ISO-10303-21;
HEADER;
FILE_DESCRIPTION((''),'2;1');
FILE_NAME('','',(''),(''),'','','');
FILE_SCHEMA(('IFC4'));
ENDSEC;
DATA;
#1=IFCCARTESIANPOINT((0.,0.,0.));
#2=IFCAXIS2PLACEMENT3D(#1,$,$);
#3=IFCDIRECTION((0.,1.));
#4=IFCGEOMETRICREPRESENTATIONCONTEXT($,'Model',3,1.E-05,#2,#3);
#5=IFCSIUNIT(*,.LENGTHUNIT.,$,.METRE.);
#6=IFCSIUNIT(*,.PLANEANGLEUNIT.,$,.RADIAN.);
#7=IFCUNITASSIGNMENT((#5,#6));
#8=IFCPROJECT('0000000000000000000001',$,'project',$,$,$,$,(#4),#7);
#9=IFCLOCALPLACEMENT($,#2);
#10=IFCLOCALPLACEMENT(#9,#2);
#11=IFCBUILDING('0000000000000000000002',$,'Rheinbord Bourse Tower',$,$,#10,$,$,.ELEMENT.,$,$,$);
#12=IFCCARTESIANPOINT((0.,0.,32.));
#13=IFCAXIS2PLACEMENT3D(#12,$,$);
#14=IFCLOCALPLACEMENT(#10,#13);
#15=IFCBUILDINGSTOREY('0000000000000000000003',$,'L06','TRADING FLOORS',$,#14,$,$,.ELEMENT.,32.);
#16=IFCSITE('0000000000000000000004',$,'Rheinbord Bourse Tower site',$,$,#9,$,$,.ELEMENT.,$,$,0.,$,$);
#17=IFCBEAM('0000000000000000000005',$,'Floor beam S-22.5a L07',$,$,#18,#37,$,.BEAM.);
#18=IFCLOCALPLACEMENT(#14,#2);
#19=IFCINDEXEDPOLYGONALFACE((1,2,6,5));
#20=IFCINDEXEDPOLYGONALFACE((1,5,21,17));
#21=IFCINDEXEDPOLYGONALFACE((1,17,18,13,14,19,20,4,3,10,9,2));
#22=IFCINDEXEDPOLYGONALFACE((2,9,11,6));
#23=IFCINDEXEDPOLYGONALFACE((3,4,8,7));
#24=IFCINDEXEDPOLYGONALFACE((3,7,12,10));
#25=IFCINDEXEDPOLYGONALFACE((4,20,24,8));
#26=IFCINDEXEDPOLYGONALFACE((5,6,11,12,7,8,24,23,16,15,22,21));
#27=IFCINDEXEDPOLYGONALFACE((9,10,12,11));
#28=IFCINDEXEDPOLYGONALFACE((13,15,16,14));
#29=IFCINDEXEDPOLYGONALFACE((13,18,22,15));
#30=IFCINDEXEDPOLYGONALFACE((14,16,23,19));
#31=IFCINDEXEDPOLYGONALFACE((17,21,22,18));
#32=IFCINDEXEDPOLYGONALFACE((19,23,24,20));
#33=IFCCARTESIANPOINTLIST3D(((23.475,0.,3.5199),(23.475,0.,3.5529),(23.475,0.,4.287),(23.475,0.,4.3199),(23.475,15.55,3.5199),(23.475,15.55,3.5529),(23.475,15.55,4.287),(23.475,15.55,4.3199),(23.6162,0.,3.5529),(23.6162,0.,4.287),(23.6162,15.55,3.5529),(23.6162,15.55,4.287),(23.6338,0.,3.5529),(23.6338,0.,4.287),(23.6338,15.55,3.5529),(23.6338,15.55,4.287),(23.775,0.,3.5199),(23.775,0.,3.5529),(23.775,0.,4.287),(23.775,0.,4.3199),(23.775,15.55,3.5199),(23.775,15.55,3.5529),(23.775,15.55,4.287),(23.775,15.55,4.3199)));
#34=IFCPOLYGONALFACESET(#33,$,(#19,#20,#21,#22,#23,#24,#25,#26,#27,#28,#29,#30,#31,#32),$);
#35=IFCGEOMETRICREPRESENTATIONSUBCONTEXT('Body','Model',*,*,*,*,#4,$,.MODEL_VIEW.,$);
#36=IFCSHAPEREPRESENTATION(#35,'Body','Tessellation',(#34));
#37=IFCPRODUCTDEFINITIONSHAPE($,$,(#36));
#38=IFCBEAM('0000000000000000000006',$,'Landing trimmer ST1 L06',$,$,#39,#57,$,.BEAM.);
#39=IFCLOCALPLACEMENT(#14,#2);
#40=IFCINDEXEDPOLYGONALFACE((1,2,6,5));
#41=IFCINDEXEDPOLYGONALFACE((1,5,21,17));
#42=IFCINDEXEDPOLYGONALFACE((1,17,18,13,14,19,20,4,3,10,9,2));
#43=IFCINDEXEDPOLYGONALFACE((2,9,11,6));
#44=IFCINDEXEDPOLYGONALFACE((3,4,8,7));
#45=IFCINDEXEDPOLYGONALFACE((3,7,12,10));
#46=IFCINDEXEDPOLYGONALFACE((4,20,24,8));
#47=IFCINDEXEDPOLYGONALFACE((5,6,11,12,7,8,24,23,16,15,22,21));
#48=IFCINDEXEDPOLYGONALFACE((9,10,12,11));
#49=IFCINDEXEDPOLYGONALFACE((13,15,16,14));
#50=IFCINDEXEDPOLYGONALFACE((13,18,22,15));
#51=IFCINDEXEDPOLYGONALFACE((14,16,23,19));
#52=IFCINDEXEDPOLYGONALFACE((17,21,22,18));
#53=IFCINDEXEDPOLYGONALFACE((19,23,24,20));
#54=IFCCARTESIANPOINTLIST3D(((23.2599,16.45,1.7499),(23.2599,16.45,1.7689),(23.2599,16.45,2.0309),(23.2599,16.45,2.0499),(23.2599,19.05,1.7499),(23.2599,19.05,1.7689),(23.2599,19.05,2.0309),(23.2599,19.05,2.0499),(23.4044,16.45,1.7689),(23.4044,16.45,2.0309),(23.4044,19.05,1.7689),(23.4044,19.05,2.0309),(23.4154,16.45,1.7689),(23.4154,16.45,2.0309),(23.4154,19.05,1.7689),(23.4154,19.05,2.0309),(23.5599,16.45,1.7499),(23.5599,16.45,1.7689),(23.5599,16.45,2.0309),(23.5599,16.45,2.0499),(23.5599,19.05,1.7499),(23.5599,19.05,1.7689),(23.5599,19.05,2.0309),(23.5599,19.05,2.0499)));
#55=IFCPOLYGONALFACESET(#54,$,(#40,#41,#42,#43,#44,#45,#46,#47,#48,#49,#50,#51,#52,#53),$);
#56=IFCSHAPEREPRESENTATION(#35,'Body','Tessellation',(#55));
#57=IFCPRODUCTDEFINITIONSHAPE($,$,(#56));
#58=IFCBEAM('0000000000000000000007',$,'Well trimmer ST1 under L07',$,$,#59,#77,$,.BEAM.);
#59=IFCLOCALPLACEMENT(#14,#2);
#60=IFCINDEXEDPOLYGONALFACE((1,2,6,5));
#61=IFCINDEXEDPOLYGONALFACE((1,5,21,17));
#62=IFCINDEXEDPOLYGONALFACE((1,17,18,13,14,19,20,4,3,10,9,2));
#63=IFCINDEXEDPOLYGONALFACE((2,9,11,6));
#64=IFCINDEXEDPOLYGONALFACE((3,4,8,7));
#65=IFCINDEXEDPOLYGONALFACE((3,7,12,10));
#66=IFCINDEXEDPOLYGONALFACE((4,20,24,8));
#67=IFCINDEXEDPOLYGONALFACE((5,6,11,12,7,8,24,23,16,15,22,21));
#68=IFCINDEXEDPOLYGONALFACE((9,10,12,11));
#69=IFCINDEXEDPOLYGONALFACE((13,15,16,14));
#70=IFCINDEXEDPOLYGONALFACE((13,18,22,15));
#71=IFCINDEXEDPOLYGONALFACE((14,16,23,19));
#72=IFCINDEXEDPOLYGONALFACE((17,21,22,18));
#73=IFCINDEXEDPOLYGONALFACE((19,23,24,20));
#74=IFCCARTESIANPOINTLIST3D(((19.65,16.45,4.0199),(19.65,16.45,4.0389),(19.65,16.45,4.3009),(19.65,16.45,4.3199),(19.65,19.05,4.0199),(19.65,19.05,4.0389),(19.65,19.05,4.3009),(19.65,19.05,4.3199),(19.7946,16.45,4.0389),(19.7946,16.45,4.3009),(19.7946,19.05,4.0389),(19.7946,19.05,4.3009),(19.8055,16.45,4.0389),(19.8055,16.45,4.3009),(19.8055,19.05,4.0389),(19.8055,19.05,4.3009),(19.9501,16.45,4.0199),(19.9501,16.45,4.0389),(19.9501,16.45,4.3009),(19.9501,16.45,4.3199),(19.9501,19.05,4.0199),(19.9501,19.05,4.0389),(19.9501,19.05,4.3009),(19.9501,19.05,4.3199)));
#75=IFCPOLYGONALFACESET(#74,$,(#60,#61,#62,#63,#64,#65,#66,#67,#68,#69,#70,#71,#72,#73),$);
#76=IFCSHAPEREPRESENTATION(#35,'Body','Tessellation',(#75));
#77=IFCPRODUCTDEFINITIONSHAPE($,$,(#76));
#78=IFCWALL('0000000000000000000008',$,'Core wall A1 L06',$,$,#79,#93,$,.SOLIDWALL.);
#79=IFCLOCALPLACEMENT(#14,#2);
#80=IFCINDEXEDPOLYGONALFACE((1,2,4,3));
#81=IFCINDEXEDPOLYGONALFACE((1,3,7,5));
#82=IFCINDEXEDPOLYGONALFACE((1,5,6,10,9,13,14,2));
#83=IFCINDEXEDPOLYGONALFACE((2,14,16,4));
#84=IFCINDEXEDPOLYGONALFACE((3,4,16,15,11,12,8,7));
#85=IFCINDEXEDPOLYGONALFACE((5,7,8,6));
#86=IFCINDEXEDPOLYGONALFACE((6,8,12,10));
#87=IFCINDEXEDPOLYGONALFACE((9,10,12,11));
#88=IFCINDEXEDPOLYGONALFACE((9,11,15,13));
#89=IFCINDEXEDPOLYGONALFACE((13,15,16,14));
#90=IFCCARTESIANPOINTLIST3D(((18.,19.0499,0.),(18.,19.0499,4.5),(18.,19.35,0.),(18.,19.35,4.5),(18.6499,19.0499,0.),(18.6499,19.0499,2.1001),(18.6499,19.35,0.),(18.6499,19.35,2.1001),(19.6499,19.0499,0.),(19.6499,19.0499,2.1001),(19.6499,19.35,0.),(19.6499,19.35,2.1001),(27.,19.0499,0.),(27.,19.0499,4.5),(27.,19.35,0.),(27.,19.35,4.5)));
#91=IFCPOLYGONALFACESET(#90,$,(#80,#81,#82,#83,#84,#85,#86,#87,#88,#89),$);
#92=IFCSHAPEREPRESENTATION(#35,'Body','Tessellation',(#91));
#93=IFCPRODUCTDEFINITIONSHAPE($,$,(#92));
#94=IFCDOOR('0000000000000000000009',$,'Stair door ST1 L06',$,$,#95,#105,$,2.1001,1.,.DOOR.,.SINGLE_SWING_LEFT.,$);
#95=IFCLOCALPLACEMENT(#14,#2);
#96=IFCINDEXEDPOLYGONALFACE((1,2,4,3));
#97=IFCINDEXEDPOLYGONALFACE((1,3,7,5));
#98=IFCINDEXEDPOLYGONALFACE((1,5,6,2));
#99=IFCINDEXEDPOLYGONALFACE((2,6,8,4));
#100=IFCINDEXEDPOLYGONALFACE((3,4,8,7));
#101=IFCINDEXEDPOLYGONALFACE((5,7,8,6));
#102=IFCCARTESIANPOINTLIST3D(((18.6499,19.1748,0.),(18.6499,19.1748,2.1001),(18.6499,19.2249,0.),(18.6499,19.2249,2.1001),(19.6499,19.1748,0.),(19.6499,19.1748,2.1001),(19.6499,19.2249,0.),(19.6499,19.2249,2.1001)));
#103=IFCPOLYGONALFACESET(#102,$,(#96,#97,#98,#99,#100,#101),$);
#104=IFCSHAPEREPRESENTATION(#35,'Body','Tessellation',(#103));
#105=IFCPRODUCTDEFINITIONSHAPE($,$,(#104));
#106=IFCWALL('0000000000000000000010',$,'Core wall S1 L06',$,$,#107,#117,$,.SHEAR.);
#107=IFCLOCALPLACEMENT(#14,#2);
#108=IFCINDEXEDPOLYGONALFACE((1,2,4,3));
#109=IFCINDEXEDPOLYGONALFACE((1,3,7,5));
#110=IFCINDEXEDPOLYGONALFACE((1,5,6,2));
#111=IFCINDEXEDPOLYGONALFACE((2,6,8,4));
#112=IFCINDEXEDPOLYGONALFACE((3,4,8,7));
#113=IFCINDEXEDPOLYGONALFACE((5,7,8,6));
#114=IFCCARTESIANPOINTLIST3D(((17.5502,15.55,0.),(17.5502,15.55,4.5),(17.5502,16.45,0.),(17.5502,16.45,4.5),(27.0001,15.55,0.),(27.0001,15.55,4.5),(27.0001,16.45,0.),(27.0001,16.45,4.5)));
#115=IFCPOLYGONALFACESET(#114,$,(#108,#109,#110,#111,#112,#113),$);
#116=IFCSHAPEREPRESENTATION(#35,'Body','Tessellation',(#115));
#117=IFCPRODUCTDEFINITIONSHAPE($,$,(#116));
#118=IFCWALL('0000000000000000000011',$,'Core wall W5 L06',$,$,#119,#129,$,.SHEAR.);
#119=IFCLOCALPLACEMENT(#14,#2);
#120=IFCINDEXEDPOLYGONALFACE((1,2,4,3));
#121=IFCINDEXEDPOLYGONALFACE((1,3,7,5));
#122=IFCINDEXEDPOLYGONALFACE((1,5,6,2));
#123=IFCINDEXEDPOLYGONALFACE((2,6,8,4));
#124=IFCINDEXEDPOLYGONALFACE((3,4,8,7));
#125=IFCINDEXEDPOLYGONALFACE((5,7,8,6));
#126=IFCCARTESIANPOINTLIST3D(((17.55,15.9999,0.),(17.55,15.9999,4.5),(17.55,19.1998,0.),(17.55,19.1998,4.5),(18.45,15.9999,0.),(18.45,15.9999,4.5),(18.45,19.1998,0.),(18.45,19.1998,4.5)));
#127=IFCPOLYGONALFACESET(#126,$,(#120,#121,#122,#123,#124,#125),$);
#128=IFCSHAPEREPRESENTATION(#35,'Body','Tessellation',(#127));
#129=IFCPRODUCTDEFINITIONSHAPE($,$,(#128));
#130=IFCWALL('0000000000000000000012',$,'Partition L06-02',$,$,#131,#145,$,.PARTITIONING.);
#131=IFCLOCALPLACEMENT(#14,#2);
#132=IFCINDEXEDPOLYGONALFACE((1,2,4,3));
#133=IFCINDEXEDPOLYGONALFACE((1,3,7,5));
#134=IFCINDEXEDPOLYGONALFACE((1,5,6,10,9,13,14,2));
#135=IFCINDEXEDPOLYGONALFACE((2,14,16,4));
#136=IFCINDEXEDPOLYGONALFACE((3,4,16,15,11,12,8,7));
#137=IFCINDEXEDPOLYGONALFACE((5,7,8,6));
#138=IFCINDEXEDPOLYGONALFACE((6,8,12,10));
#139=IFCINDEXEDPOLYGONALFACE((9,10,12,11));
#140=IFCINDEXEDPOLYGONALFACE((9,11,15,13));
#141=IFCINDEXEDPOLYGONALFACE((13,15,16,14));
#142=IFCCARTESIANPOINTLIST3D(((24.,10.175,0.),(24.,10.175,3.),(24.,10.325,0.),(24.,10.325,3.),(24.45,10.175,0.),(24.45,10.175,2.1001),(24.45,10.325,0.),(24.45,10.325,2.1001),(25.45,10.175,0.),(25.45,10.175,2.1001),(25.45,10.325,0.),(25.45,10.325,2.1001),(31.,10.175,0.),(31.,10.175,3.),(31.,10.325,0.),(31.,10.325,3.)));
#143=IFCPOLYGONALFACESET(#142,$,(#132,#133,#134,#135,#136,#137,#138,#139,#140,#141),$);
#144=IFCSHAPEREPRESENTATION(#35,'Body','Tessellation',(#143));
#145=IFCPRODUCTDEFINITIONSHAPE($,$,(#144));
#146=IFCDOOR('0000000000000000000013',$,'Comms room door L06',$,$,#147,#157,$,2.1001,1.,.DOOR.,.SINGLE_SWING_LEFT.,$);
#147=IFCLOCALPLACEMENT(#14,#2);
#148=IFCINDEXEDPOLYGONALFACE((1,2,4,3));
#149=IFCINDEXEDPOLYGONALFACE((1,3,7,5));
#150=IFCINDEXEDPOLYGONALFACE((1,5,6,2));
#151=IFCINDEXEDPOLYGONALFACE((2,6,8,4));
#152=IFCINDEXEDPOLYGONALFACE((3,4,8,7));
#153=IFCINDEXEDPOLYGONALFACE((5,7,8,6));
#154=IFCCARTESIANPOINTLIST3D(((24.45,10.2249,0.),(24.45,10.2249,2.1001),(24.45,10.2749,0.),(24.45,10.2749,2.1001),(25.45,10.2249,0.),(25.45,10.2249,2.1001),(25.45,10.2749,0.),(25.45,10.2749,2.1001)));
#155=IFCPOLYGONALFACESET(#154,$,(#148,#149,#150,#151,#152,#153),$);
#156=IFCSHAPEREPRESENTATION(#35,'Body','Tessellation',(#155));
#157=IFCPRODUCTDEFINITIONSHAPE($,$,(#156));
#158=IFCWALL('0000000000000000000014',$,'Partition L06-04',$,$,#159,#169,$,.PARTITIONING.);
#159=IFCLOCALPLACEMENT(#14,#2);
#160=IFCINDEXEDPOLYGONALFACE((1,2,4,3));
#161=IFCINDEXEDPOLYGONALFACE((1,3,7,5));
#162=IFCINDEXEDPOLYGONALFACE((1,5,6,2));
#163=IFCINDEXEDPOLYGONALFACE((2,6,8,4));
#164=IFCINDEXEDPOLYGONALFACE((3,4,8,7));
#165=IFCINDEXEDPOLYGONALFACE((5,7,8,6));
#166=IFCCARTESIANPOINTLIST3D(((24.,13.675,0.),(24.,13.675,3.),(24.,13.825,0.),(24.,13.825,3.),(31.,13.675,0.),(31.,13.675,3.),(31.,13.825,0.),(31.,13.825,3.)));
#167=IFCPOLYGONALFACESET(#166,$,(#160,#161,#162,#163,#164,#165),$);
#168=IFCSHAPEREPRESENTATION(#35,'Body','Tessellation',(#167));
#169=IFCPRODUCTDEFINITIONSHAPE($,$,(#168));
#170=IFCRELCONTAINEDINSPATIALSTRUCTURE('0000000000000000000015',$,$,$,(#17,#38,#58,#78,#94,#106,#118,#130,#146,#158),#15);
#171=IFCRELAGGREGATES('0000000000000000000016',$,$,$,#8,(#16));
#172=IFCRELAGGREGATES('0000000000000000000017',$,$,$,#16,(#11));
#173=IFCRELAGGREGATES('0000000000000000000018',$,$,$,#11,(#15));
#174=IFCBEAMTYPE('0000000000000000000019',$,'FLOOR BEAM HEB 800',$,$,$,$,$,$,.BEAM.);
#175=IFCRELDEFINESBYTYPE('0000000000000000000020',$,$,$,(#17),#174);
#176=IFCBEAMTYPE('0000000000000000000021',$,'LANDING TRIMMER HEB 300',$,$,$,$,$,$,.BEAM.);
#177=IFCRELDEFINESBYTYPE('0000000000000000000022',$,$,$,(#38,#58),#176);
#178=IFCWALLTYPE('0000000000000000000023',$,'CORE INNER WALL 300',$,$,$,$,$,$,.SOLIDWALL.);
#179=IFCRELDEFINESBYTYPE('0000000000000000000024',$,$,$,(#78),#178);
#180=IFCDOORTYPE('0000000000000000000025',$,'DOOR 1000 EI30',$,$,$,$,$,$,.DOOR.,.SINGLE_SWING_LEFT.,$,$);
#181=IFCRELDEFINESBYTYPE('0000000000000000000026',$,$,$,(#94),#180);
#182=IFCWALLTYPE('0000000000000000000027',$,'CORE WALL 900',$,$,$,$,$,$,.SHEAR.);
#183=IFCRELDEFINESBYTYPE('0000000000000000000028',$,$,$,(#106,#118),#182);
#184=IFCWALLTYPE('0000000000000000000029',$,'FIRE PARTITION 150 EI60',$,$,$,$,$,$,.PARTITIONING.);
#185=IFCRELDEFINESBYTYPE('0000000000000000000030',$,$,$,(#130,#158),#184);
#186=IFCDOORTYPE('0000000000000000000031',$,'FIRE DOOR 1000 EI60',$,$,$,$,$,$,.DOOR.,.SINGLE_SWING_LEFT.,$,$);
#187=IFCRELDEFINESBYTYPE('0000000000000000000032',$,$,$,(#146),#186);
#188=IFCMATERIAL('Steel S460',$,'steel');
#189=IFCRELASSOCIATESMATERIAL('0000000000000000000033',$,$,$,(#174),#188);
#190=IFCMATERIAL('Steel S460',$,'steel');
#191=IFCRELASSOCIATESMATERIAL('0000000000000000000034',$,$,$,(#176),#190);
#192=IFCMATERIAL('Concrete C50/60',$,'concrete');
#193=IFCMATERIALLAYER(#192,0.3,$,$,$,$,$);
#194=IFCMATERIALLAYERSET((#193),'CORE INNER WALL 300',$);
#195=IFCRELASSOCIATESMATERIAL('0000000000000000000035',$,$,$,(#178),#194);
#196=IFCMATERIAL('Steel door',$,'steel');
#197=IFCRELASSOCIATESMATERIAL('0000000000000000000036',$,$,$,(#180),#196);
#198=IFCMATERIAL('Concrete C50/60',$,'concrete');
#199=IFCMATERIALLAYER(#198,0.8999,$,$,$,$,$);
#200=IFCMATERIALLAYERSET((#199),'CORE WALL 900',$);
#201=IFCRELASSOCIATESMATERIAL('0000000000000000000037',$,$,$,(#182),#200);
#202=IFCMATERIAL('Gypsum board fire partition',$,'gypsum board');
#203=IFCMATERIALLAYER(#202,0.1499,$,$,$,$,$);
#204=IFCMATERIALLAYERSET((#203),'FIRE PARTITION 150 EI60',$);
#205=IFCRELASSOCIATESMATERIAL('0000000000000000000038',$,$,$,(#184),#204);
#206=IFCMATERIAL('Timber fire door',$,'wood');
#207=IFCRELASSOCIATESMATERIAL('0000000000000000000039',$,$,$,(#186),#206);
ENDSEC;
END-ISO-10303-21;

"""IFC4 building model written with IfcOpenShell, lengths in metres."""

from ifc_helpers import new_model, si_unit, direction, frame, frame_2d, origin, origin_2d, place, context, subcontext, project, spatial, rectangle, i_section, extrude, material, layer, layer_set, material_profile, profile_set, type_object, element, fill, save


model = new_model("IFC4")

# Units and contexts
model_context = context("Model", 3, precision=1e-05, world=origin(), true_north=direction((0.0, 1.0)))
body_context = subcontext(model_context, "Body", "Model", "MODEL_VIEW")
ifc_project = project(units=[si_unit("LENGTHUNIT", "METRE"), si_unit("PLANEANGLEUNIT", "RADIAN")], contexts=[model_context])

# Site, building, storey
site_placement = place(None, origin())
site = spatial("IfcSite", under=ifc_project, at=site_placement, Name="Rheinbord Bourse Tower site", CompositionType="ELEMENT", RefElevation=0.0)
building_placement = place(site_placement, origin())
building = spatial("IfcBuilding", under=site, at=building_placement, Name="Rheinbord Bourse Tower", CompositionType="ELEMENT")
storey_placement = place(building_placement, frame((0.0, 0.0, 32.0)))
storey = spatial("IfcBuildingStorey", under=building, at=storey_placement, Name="L06", Description="TRADING FLOORS", CompositionType="ELEMENT", Elevation=32.0)

# Beams
ifc_material_1 = material(Name="Steel S460", Category="steel")
ifc_material_profile_1 = material_profile(ifc_material_1, i_section(OverallWidth=0.3, OverallDepth=0.8, WebThickness=0.0176, FlangeThickness=0.033, at=origin_2d()), Name="HEB 800")
ifc_profile_set_1 = profile_set([ifc_material_profile_1], Name="Steel S460")
beam_type_1 = type_object("IfcBeamType", Name="FLOOR BEAM HEB 800", PredefinedType="BEAM", material=ifc_profile_set_1)
beam_placement = place(storey_placement, frame((23.625, 0.0, 3.9199), z_axis=(0.0, 1.0, 0.0), x_axis=(-1.0, 0.0, 0.0)))
element("IfcBeam", 1, at=beam_placement, inside=storey, type_object=beam_type_1, Name="Floor beam S-22.5a L07", PredefinedType="BEAM", context=body_context, shape_type="SweptSolid", body=[
    extrude(i_section(OverallWidth=0.3, OverallDepth=0.8, WebThickness=0.0176, FlangeThickness=0.033, at=origin_2d()), origin(), (0.0, 0.0, 1.0), 15.55),
])
ifc_material_2 = material(Name="Steel S460", Category="steel")
ifc_material_profile_2 = material_profile(ifc_material_2, i_section(OverallWidth=0.3, OverallDepth=0.3, WebThickness=0.011, FlangeThickness=0.019, at=origin_2d()), Name="HEB 300")
ifc_profile_set_2 = profile_set([ifc_material_profile_2], Name="Steel S460")
beam_type_2 = type_object("IfcBeamType", Name="LANDING TRIMMER HEB 300", PredefinedType="BEAM", material=ifc_profile_set_2)
for number, where, z_axis, x_axis, name in (
    (2, (23.4099, 16.45, 1.8999), (0.0, 1.0, 0.0), (-1.0, 0.0, 0.0), "Landing trimmer ST1 L06"),
    (3, (19.8, 16.45, 4.1699), (0.0, 1.0, 0.0), (-1.0, 0.0, 0.0), "Well trimmer ST1 under L07"),
):
    element("IfcBeam", number, at=place(storey_placement, frame(where, z_axis=z_axis, x_axis=x_axis)), inside=storey, type_object=beam_type_2, Name=name, PredefinedType="BEAM", context=body_context, shape_type="SweptSolid", body=[
        extrude(i_section(OverallWidth=0.3, OverallDepth=0.3, WebThickness=0.011, FlangeThickness=0.019, at=origin_2d()), origin(), (0.0, 0.0, 1.0), 2.6001),
    ])

# Wall, opening, door
ifc_material_3 = material(Name="Concrete C50/60", Category="concrete")
ifc_layer_1 = layer(ifc_material_3, 0.3)
ifc_layer_set_1 = layer_set([ifc_layer_1], Name="CORE INNER WALL 300")
wall_type_1 = type_object("IfcWallType", Name="CORE INNER WALL 300", PredefinedType="SOLIDWALL", material=ifc_layer_set_1)
wall_1_placement = place(storey_placement, frame((18.0, 19.2, 0.0), z_axis=(0.0, 0.0, 1.0), x_axis=(1.0, 0.0, 0.0)))
wall_1 = element("IfcWall", 4, at=wall_1_placement, inside=storey, type_object=wall_type_1, Name="Core wall A1 L06", PredefinedType="SOLIDWALL", context=body_context, shape_type="SweptSolid", body=[
    extrude(rectangle(XDim=9.0, YDim=0.3, at=frame_2d((4.5, 0.0))), origin(), (0.0, 0.0, 1.0), 4.5),
])
opening_1_placement = place(wall_1_placement, frame((0.6499, 0.0, 0.0)))
opening_1 = element("IfcOpeningElement", 5, at=opening_1_placement, cuts=wall_1, PredefinedType="OPENING", context=body_context, shape_type="SweptSolid", body=[
    extrude(rectangle(XDim=1.0, YDim=2.1001, at=frame_2d((0.5, 1.05))), frame((0.0, 0.1599, 0.0), z_axis=(0.0, -1.0, 0.0), x_axis=(1.0, 0.0, 0.0)), (0.0, 0.0, 1.0), 0.3201),
])
ifc_material_4 = material(Name="Steel door", Category="steel")
door_type_1 = type_object("IfcDoorType", Name="DOOR 1000 EI30", OperationType="SINGLE_SWING_LEFT", PredefinedType="DOOR", material=ifc_material_4)
door_1_placement = place(opening_1_placement, origin())
door_1 = element("IfcDoor", 6, at=door_1_placement, inside=storey, type_object=door_type_1, Name="Stair door ST1 L06", OperationType="SINGLE_SWING_LEFT", OverallHeight=2.1001, OverallWidth=1.0, PredefinedType="DOOR", context=body_context, shape_type="SweptSolid", body=[
    extrude(rectangle(XDim=1.0, YDim=2.1001, at=frame_2d((0.5, 1.05))), frame((0.0, 0.0249, 0.0), z_axis=(0.0, -1.0, 0.0), x_axis=(1.0, 0.0, 0.0)), (0.0, 0.0, 1.0), 0.05),
])
fill(opening_1, door_1)

# Walls
ifc_material_5 = material(Name="Concrete C50/60", Category="concrete")
ifc_layer_2 = layer(ifc_material_5, 0.8999)
ifc_layer_set_2 = layer_set([ifc_layer_2], Name="CORE WALL 900")
wall_type_2 = type_object("IfcWallType", Name="CORE WALL 900", PredefinedType="SHEAR", material=ifc_layer_set_2)
wall_2_placement = place(storey_placement, frame((17.55, 16.0, 0.0), z_axis=(0.0, 0.0, 1.0), x_axis=(1.0, 0.0, 0.0)))
element("IfcWall", 7, at=wall_2_placement, inside=storey, type_object=wall_type_2, Name="Core wall S1 L06", PredefinedType="SHEAR", context=body_context, shape_type="SweptSolid", body=[
    extrude(rectangle(XDim=9.45, YDim=0.8999, at=frame_2d((4.7251, 0.0))), origin(), (0.0, 0.0, 1.0), 4.5),
])
wall_3_placement = place(storey_placement, frame((18.0, 19.2, 0.0), z_axis=(0.0, 0.0, 1.0), x_axis=(0.0, -1.0, 0.0)))
element("IfcWall", 8, at=wall_3_placement, inside=storey, type_object=wall_type_2, Name="Core wall W5 L06", PredefinedType="SHEAR", context=body_context, shape_type="SweptSolid", body=[
    extrude(rectangle(XDim=3.2, YDim=0.8999, at=frame_2d((1.6001, 0.0))), origin(), (0.0, 0.0, 1.0), 4.5),
])

# Wall, opening, door
ifc_material_6 = material(Name="Gypsum board fire partition", Category="gypsum board")
ifc_layer_3 = layer(ifc_material_6, 0.1499)
ifc_layer_set_3 = layer_set([ifc_layer_3], Name="FIRE PARTITION 150 EI60")
wall_type_3 = type_object("IfcWallType", Name="FIRE PARTITION 150 EI60", PredefinedType="PARTITIONING", material=ifc_layer_set_3)
wall_4_placement = place(storey_placement, frame((24.0, 10.25, 0.0), z_axis=(0.0, 0.0, 1.0), x_axis=(1.0, 0.0, 0.0)))
wall_4 = element("IfcWall", 9, at=wall_4_placement, inside=storey, type_object=wall_type_3, Name="Partition L06-02", PredefinedType="PARTITIONING", context=body_context, shape_type="SweptSolid", body=[
    extrude(rectangle(XDim=7.0, YDim=0.1499, at=frame_2d((3.5, 0.0))), origin(), (0.0, 0.0, 1.0), 3.0),
])
opening_2_placement = place(wall_4_placement, frame((0.45, 0.0, 0.0)))
opening_2 = element("IfcOpeningElement", 10, at=opening_2_placement, cuts=wall_4, PredefinedType="OPENING", context=body_context, shape_type="SweptSolid", body=[
    extrude(rectangle(XDim=1.0, YDim=2.1001, at=frame_2d((0.5, 1.05))), frame((0.0, 0.085, 0.0), z_axis=(0.0, -1.0, 0.0), x_axis=(1.0, 0.0, 0.0)), (0.0, 0.0, 1.0), 0.1699),
])
ifc_material_7 = material(Name="Timber fire door", Category="wood")
door_type_2 = type_object("IfcDoorType", Name="FIRE DOOR 1000 EI60", OperationType="SINGLE_SWING_LEFT", PredefinedType="DOOR", material=ifc_material_7)
door_2_placement = place(opening_2_placement, origin())
door_2 = element("IfcDoor", 11, at=door_2_placement, inside=storey, type_object=door_type_2, Name="Comms room door L06", OperationType="SINGLE_SWING_LEFT", OverallHeight=2.1001, OverallWidth=1.0, PredefinedType="DOOR", context=body_context, shape_type="SweptSolid", body=[
    extrude(rectangle(XDim=1.0, YDim=2.1001, at=frame_2d((0.5, 1.05))), frame((0.0, 0.0249, 0.0), z_axis=(0.0, -1.0, 0.0), x_axis=(1.0, 0.0, 0.0)), (0.0, 0.0, 1.0), 0.05),
])
fill(opening_2, door_2)

# Wall
wall_5_placement = place(storey_placement, frame((24.0, 13.75, 0.0), z_axis=(0.0, 0.0, 1.0), x_axis=(1.0, 0.0, 0.0)))
element("IfcWall", 12, at=wall_5_placement, inside=storey, type_object=wall_type_3, Name="Partition L06-04", PredefinedType="PARTITIONING", context=body_context, shape_type="SweptSolid", body=[
    extrude(rectangle(XDim=7.0, YDim=0.1499, at=frame_2d((3.5, 0.0))), origin(), (0.0, 0.0, 1.0), 3.0),
])

save(model, "model.ifc")
